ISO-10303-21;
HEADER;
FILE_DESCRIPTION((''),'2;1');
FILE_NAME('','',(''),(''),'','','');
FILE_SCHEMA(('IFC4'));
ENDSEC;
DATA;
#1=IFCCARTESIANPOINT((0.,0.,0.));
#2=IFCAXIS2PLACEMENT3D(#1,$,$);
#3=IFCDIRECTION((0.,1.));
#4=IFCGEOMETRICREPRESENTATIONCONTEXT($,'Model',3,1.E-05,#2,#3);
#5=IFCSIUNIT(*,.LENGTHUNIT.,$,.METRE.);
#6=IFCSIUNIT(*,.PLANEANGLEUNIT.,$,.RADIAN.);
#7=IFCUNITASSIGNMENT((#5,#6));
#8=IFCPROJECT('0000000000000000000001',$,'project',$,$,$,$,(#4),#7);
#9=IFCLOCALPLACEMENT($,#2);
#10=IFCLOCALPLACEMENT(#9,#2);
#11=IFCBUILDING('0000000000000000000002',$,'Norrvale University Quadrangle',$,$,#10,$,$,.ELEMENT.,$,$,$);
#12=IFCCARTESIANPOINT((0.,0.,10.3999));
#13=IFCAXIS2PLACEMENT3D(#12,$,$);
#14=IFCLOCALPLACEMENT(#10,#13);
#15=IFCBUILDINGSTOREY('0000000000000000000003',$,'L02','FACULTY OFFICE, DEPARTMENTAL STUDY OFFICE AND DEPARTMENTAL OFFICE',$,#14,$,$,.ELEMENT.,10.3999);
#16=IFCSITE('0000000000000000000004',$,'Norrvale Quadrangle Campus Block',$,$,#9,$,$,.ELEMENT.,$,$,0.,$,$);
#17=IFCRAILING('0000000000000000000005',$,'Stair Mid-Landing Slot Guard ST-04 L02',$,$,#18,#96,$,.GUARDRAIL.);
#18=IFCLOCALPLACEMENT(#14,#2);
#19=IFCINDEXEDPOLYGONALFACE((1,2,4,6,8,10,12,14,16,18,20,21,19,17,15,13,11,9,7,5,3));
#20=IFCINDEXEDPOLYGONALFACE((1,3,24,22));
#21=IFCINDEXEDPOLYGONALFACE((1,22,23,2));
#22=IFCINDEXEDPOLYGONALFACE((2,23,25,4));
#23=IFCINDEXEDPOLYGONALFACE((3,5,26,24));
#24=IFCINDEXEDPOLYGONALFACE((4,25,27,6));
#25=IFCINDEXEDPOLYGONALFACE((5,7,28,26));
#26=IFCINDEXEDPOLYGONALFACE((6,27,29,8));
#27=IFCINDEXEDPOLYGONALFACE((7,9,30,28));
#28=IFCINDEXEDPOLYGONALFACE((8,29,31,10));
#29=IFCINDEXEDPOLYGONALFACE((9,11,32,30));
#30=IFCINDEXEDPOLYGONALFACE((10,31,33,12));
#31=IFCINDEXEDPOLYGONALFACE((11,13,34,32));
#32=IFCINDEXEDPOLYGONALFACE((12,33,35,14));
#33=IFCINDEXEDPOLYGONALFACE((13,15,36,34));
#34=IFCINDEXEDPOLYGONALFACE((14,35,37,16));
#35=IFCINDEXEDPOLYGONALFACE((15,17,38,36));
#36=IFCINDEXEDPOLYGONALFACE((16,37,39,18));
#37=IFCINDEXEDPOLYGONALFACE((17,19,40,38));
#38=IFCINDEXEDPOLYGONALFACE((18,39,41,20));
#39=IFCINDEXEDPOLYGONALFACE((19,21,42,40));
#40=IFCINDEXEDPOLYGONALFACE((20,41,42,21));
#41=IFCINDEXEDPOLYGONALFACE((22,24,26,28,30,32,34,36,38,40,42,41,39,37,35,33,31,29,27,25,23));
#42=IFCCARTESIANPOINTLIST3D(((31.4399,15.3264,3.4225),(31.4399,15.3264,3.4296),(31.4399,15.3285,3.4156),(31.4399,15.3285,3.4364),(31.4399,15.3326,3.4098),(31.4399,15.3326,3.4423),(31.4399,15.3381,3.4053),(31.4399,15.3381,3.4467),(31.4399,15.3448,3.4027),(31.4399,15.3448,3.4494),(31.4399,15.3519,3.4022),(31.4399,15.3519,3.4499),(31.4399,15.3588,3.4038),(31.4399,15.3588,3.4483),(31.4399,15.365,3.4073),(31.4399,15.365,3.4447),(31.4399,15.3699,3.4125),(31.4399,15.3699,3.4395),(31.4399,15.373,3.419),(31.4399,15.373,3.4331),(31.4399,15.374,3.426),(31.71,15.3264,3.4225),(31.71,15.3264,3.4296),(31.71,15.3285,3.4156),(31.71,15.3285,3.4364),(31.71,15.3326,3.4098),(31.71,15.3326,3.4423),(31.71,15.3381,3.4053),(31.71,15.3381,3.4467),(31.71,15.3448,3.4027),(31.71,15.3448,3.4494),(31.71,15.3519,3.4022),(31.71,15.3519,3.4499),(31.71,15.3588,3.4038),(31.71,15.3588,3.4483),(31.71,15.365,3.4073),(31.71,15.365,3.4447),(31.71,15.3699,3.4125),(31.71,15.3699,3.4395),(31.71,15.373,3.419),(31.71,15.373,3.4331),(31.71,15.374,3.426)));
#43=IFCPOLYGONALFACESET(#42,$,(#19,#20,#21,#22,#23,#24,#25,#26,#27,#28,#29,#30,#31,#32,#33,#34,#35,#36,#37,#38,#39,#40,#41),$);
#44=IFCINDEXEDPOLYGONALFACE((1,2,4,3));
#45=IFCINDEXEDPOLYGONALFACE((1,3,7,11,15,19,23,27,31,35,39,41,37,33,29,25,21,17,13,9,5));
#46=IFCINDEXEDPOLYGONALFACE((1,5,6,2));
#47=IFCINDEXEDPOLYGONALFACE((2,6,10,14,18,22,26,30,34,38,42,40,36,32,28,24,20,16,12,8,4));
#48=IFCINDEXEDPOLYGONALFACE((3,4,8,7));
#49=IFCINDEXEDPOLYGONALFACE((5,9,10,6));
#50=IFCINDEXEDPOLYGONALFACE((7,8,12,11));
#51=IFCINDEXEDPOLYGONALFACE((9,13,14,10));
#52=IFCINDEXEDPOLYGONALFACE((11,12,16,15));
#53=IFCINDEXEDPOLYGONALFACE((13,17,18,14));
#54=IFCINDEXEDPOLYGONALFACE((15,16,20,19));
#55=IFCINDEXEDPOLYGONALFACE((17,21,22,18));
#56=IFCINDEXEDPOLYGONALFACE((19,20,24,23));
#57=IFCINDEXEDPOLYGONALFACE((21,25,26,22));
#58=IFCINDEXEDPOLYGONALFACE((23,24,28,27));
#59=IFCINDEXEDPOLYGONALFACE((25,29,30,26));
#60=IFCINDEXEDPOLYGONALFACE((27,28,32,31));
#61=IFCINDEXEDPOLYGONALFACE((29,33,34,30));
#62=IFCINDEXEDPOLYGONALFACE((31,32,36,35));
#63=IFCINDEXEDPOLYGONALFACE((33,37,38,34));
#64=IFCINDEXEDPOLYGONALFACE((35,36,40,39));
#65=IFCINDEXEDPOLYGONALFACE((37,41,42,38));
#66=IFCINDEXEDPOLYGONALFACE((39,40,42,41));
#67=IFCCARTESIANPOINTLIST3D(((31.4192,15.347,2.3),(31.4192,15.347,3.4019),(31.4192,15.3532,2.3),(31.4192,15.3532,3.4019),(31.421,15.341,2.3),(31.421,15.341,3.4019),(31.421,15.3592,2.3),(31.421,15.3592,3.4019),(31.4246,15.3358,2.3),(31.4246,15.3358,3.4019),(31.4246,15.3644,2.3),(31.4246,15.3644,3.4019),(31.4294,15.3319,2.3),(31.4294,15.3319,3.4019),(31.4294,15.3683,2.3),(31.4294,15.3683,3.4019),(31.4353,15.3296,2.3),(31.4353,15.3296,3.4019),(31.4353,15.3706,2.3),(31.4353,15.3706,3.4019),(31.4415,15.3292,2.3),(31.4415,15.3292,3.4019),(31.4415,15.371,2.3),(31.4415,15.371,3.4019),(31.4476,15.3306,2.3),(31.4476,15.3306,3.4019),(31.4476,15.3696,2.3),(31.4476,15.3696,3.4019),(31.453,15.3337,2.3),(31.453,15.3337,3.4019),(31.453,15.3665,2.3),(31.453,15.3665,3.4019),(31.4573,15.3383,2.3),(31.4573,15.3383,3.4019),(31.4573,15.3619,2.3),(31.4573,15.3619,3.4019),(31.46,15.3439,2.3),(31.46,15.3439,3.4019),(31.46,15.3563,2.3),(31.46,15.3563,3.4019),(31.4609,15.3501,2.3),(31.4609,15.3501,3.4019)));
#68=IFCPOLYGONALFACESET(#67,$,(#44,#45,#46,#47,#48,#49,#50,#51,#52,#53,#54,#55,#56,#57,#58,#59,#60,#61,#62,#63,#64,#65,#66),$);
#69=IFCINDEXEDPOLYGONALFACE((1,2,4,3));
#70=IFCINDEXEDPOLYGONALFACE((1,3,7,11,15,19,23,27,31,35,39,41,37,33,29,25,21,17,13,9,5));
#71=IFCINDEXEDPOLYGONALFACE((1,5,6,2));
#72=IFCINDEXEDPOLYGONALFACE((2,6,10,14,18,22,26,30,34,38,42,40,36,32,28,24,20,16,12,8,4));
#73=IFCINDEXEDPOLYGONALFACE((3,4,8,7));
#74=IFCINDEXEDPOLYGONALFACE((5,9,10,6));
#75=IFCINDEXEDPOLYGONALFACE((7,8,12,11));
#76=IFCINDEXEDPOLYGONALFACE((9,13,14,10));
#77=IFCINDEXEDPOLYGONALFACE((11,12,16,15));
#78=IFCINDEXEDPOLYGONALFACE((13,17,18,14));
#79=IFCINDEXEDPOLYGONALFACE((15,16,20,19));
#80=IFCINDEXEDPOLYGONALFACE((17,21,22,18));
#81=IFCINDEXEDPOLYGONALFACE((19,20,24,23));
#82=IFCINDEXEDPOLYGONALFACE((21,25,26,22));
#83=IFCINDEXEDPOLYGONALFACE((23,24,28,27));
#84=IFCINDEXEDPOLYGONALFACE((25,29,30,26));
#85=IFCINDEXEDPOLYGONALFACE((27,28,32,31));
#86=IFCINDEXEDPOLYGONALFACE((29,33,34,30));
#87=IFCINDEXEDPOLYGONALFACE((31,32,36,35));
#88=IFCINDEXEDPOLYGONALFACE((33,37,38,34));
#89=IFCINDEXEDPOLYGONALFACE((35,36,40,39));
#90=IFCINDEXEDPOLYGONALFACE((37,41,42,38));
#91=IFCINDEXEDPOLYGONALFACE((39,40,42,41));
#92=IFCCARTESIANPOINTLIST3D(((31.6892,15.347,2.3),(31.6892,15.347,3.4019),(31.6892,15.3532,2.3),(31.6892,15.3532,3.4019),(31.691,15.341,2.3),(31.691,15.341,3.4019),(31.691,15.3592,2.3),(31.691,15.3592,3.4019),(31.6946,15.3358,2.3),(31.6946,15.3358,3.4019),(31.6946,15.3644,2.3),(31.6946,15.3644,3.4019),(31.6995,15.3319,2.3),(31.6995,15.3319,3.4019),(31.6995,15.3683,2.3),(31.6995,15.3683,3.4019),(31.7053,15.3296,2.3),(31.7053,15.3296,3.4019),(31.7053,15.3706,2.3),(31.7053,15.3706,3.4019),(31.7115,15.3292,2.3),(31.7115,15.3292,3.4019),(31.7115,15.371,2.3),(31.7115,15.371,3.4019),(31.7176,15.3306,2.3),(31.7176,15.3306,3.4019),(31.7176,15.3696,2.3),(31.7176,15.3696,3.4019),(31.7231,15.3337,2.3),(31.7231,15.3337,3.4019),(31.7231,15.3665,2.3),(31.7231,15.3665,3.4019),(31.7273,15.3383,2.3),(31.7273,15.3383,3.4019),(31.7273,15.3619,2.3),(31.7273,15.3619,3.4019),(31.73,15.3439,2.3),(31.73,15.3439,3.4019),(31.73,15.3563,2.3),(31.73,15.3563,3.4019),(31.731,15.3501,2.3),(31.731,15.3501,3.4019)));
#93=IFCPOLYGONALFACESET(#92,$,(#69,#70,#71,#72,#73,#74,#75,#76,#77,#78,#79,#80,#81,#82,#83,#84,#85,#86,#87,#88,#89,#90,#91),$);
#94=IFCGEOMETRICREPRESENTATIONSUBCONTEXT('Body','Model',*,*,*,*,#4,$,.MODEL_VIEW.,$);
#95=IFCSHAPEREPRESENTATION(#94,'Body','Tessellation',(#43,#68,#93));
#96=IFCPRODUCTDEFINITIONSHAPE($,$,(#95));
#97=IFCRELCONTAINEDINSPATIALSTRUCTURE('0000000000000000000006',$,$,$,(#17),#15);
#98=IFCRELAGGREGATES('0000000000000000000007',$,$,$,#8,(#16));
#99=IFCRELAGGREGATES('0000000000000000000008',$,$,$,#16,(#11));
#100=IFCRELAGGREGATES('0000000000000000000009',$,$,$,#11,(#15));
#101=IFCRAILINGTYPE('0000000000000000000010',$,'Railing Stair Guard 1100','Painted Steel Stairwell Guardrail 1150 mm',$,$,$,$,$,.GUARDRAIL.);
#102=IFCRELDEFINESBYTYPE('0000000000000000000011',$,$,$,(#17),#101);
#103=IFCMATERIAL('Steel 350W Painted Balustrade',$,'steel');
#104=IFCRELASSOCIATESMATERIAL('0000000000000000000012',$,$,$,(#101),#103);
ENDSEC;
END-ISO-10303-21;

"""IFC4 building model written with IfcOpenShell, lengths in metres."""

from ifc_helpers import new_model, si_unit, direction, frame, origin, origin_2d, place, context, subcontext, project, spatial, circle, extrude, material, type_object, element, save


model = new_model("IFC4")

# Units and contexts
model_context = context("Model", 3, precision=1e-05, world=origin(), true_north=direction((0.0, 1.0)))
body_context = subcontext(model_context, "Body", "Model", "MODEL_VIEW")
ifc_project = project(units=[si_unit("LENGTHUNIT", "METRE"), si_unit("PLANEANGLEUNIT", "RADIAN")], contexts=[model_context])

# Site, building, storey
site_placement = place(None, origin())
site = spatial("IfcSite", under=ifc_project, at=site_placement, Name="Norrvale Quadrangle Campus Block", CompositionType="ELEMENT", RefElevation=0.0)
building_placement = place(site_placement, origin())
building = spatial("IfcBuilding", under=site, at=building_placement, Name="Norrvale University Quadrangle", CompositionType="ELEMENT")
storey_placement = place(building_placement, frame((0.0, 0.0, 10.3999)))
storey = spatial("IfcBuildingStorey", under=building, at=storey_placement, Name="L02", Description="FACULTY OFFICE, DEPARTMENTAL STUDY OFFICE AND DEPARTMENTAL OFFICE", CompositionType="ELEMENT", Elevation=10.3999)

# Railing
ifc_material_1 = material(Name="Steel 350W Painted Balustrade", Category="steel")
railing_type_1 = type_object("IfcRailingType", Name="Railing Stair Guard 1100", Description="Painted Steel Stairwell Guardrail 1150 mm", PredefinedType="GUARDRAIL", material=ifc_material_1)
for number, where, name in (
    (1, (31.4399, 15.3501, 2.3), "Stair Mid-Landing Slot Guard ST-04 L02"),
):
    element("IfcRailing", number, at=place(storey_placement, frame(where)), inside=storey, type_object=railing_type_1, Name=name, PredefinedType="GUARDRAIL", context=body_context, shape_type="SweptSolid", body=[
        extrude(circle(Radius=0.0239, at=origin_2d()), frame((0.0, 0.0, 1.126), z_axis=(1.0, 0.0, 0.0), x_axis=(0.0, 1.0, 0.0)), (0.0, 0.0, 1.0), 0.27),
        extrude(circle(Radius=0.021, at=origin_2d()), origin(), (0.0, 0.0, 1.0), 1.1018),
        extrude(circle(Radius=0.021, at=origin_2d()), frame((0.27, 0.0, 0.0)), (0.0, 0.0, 1.0), 1.1018),
    ])

save(model, "model.ifc")
